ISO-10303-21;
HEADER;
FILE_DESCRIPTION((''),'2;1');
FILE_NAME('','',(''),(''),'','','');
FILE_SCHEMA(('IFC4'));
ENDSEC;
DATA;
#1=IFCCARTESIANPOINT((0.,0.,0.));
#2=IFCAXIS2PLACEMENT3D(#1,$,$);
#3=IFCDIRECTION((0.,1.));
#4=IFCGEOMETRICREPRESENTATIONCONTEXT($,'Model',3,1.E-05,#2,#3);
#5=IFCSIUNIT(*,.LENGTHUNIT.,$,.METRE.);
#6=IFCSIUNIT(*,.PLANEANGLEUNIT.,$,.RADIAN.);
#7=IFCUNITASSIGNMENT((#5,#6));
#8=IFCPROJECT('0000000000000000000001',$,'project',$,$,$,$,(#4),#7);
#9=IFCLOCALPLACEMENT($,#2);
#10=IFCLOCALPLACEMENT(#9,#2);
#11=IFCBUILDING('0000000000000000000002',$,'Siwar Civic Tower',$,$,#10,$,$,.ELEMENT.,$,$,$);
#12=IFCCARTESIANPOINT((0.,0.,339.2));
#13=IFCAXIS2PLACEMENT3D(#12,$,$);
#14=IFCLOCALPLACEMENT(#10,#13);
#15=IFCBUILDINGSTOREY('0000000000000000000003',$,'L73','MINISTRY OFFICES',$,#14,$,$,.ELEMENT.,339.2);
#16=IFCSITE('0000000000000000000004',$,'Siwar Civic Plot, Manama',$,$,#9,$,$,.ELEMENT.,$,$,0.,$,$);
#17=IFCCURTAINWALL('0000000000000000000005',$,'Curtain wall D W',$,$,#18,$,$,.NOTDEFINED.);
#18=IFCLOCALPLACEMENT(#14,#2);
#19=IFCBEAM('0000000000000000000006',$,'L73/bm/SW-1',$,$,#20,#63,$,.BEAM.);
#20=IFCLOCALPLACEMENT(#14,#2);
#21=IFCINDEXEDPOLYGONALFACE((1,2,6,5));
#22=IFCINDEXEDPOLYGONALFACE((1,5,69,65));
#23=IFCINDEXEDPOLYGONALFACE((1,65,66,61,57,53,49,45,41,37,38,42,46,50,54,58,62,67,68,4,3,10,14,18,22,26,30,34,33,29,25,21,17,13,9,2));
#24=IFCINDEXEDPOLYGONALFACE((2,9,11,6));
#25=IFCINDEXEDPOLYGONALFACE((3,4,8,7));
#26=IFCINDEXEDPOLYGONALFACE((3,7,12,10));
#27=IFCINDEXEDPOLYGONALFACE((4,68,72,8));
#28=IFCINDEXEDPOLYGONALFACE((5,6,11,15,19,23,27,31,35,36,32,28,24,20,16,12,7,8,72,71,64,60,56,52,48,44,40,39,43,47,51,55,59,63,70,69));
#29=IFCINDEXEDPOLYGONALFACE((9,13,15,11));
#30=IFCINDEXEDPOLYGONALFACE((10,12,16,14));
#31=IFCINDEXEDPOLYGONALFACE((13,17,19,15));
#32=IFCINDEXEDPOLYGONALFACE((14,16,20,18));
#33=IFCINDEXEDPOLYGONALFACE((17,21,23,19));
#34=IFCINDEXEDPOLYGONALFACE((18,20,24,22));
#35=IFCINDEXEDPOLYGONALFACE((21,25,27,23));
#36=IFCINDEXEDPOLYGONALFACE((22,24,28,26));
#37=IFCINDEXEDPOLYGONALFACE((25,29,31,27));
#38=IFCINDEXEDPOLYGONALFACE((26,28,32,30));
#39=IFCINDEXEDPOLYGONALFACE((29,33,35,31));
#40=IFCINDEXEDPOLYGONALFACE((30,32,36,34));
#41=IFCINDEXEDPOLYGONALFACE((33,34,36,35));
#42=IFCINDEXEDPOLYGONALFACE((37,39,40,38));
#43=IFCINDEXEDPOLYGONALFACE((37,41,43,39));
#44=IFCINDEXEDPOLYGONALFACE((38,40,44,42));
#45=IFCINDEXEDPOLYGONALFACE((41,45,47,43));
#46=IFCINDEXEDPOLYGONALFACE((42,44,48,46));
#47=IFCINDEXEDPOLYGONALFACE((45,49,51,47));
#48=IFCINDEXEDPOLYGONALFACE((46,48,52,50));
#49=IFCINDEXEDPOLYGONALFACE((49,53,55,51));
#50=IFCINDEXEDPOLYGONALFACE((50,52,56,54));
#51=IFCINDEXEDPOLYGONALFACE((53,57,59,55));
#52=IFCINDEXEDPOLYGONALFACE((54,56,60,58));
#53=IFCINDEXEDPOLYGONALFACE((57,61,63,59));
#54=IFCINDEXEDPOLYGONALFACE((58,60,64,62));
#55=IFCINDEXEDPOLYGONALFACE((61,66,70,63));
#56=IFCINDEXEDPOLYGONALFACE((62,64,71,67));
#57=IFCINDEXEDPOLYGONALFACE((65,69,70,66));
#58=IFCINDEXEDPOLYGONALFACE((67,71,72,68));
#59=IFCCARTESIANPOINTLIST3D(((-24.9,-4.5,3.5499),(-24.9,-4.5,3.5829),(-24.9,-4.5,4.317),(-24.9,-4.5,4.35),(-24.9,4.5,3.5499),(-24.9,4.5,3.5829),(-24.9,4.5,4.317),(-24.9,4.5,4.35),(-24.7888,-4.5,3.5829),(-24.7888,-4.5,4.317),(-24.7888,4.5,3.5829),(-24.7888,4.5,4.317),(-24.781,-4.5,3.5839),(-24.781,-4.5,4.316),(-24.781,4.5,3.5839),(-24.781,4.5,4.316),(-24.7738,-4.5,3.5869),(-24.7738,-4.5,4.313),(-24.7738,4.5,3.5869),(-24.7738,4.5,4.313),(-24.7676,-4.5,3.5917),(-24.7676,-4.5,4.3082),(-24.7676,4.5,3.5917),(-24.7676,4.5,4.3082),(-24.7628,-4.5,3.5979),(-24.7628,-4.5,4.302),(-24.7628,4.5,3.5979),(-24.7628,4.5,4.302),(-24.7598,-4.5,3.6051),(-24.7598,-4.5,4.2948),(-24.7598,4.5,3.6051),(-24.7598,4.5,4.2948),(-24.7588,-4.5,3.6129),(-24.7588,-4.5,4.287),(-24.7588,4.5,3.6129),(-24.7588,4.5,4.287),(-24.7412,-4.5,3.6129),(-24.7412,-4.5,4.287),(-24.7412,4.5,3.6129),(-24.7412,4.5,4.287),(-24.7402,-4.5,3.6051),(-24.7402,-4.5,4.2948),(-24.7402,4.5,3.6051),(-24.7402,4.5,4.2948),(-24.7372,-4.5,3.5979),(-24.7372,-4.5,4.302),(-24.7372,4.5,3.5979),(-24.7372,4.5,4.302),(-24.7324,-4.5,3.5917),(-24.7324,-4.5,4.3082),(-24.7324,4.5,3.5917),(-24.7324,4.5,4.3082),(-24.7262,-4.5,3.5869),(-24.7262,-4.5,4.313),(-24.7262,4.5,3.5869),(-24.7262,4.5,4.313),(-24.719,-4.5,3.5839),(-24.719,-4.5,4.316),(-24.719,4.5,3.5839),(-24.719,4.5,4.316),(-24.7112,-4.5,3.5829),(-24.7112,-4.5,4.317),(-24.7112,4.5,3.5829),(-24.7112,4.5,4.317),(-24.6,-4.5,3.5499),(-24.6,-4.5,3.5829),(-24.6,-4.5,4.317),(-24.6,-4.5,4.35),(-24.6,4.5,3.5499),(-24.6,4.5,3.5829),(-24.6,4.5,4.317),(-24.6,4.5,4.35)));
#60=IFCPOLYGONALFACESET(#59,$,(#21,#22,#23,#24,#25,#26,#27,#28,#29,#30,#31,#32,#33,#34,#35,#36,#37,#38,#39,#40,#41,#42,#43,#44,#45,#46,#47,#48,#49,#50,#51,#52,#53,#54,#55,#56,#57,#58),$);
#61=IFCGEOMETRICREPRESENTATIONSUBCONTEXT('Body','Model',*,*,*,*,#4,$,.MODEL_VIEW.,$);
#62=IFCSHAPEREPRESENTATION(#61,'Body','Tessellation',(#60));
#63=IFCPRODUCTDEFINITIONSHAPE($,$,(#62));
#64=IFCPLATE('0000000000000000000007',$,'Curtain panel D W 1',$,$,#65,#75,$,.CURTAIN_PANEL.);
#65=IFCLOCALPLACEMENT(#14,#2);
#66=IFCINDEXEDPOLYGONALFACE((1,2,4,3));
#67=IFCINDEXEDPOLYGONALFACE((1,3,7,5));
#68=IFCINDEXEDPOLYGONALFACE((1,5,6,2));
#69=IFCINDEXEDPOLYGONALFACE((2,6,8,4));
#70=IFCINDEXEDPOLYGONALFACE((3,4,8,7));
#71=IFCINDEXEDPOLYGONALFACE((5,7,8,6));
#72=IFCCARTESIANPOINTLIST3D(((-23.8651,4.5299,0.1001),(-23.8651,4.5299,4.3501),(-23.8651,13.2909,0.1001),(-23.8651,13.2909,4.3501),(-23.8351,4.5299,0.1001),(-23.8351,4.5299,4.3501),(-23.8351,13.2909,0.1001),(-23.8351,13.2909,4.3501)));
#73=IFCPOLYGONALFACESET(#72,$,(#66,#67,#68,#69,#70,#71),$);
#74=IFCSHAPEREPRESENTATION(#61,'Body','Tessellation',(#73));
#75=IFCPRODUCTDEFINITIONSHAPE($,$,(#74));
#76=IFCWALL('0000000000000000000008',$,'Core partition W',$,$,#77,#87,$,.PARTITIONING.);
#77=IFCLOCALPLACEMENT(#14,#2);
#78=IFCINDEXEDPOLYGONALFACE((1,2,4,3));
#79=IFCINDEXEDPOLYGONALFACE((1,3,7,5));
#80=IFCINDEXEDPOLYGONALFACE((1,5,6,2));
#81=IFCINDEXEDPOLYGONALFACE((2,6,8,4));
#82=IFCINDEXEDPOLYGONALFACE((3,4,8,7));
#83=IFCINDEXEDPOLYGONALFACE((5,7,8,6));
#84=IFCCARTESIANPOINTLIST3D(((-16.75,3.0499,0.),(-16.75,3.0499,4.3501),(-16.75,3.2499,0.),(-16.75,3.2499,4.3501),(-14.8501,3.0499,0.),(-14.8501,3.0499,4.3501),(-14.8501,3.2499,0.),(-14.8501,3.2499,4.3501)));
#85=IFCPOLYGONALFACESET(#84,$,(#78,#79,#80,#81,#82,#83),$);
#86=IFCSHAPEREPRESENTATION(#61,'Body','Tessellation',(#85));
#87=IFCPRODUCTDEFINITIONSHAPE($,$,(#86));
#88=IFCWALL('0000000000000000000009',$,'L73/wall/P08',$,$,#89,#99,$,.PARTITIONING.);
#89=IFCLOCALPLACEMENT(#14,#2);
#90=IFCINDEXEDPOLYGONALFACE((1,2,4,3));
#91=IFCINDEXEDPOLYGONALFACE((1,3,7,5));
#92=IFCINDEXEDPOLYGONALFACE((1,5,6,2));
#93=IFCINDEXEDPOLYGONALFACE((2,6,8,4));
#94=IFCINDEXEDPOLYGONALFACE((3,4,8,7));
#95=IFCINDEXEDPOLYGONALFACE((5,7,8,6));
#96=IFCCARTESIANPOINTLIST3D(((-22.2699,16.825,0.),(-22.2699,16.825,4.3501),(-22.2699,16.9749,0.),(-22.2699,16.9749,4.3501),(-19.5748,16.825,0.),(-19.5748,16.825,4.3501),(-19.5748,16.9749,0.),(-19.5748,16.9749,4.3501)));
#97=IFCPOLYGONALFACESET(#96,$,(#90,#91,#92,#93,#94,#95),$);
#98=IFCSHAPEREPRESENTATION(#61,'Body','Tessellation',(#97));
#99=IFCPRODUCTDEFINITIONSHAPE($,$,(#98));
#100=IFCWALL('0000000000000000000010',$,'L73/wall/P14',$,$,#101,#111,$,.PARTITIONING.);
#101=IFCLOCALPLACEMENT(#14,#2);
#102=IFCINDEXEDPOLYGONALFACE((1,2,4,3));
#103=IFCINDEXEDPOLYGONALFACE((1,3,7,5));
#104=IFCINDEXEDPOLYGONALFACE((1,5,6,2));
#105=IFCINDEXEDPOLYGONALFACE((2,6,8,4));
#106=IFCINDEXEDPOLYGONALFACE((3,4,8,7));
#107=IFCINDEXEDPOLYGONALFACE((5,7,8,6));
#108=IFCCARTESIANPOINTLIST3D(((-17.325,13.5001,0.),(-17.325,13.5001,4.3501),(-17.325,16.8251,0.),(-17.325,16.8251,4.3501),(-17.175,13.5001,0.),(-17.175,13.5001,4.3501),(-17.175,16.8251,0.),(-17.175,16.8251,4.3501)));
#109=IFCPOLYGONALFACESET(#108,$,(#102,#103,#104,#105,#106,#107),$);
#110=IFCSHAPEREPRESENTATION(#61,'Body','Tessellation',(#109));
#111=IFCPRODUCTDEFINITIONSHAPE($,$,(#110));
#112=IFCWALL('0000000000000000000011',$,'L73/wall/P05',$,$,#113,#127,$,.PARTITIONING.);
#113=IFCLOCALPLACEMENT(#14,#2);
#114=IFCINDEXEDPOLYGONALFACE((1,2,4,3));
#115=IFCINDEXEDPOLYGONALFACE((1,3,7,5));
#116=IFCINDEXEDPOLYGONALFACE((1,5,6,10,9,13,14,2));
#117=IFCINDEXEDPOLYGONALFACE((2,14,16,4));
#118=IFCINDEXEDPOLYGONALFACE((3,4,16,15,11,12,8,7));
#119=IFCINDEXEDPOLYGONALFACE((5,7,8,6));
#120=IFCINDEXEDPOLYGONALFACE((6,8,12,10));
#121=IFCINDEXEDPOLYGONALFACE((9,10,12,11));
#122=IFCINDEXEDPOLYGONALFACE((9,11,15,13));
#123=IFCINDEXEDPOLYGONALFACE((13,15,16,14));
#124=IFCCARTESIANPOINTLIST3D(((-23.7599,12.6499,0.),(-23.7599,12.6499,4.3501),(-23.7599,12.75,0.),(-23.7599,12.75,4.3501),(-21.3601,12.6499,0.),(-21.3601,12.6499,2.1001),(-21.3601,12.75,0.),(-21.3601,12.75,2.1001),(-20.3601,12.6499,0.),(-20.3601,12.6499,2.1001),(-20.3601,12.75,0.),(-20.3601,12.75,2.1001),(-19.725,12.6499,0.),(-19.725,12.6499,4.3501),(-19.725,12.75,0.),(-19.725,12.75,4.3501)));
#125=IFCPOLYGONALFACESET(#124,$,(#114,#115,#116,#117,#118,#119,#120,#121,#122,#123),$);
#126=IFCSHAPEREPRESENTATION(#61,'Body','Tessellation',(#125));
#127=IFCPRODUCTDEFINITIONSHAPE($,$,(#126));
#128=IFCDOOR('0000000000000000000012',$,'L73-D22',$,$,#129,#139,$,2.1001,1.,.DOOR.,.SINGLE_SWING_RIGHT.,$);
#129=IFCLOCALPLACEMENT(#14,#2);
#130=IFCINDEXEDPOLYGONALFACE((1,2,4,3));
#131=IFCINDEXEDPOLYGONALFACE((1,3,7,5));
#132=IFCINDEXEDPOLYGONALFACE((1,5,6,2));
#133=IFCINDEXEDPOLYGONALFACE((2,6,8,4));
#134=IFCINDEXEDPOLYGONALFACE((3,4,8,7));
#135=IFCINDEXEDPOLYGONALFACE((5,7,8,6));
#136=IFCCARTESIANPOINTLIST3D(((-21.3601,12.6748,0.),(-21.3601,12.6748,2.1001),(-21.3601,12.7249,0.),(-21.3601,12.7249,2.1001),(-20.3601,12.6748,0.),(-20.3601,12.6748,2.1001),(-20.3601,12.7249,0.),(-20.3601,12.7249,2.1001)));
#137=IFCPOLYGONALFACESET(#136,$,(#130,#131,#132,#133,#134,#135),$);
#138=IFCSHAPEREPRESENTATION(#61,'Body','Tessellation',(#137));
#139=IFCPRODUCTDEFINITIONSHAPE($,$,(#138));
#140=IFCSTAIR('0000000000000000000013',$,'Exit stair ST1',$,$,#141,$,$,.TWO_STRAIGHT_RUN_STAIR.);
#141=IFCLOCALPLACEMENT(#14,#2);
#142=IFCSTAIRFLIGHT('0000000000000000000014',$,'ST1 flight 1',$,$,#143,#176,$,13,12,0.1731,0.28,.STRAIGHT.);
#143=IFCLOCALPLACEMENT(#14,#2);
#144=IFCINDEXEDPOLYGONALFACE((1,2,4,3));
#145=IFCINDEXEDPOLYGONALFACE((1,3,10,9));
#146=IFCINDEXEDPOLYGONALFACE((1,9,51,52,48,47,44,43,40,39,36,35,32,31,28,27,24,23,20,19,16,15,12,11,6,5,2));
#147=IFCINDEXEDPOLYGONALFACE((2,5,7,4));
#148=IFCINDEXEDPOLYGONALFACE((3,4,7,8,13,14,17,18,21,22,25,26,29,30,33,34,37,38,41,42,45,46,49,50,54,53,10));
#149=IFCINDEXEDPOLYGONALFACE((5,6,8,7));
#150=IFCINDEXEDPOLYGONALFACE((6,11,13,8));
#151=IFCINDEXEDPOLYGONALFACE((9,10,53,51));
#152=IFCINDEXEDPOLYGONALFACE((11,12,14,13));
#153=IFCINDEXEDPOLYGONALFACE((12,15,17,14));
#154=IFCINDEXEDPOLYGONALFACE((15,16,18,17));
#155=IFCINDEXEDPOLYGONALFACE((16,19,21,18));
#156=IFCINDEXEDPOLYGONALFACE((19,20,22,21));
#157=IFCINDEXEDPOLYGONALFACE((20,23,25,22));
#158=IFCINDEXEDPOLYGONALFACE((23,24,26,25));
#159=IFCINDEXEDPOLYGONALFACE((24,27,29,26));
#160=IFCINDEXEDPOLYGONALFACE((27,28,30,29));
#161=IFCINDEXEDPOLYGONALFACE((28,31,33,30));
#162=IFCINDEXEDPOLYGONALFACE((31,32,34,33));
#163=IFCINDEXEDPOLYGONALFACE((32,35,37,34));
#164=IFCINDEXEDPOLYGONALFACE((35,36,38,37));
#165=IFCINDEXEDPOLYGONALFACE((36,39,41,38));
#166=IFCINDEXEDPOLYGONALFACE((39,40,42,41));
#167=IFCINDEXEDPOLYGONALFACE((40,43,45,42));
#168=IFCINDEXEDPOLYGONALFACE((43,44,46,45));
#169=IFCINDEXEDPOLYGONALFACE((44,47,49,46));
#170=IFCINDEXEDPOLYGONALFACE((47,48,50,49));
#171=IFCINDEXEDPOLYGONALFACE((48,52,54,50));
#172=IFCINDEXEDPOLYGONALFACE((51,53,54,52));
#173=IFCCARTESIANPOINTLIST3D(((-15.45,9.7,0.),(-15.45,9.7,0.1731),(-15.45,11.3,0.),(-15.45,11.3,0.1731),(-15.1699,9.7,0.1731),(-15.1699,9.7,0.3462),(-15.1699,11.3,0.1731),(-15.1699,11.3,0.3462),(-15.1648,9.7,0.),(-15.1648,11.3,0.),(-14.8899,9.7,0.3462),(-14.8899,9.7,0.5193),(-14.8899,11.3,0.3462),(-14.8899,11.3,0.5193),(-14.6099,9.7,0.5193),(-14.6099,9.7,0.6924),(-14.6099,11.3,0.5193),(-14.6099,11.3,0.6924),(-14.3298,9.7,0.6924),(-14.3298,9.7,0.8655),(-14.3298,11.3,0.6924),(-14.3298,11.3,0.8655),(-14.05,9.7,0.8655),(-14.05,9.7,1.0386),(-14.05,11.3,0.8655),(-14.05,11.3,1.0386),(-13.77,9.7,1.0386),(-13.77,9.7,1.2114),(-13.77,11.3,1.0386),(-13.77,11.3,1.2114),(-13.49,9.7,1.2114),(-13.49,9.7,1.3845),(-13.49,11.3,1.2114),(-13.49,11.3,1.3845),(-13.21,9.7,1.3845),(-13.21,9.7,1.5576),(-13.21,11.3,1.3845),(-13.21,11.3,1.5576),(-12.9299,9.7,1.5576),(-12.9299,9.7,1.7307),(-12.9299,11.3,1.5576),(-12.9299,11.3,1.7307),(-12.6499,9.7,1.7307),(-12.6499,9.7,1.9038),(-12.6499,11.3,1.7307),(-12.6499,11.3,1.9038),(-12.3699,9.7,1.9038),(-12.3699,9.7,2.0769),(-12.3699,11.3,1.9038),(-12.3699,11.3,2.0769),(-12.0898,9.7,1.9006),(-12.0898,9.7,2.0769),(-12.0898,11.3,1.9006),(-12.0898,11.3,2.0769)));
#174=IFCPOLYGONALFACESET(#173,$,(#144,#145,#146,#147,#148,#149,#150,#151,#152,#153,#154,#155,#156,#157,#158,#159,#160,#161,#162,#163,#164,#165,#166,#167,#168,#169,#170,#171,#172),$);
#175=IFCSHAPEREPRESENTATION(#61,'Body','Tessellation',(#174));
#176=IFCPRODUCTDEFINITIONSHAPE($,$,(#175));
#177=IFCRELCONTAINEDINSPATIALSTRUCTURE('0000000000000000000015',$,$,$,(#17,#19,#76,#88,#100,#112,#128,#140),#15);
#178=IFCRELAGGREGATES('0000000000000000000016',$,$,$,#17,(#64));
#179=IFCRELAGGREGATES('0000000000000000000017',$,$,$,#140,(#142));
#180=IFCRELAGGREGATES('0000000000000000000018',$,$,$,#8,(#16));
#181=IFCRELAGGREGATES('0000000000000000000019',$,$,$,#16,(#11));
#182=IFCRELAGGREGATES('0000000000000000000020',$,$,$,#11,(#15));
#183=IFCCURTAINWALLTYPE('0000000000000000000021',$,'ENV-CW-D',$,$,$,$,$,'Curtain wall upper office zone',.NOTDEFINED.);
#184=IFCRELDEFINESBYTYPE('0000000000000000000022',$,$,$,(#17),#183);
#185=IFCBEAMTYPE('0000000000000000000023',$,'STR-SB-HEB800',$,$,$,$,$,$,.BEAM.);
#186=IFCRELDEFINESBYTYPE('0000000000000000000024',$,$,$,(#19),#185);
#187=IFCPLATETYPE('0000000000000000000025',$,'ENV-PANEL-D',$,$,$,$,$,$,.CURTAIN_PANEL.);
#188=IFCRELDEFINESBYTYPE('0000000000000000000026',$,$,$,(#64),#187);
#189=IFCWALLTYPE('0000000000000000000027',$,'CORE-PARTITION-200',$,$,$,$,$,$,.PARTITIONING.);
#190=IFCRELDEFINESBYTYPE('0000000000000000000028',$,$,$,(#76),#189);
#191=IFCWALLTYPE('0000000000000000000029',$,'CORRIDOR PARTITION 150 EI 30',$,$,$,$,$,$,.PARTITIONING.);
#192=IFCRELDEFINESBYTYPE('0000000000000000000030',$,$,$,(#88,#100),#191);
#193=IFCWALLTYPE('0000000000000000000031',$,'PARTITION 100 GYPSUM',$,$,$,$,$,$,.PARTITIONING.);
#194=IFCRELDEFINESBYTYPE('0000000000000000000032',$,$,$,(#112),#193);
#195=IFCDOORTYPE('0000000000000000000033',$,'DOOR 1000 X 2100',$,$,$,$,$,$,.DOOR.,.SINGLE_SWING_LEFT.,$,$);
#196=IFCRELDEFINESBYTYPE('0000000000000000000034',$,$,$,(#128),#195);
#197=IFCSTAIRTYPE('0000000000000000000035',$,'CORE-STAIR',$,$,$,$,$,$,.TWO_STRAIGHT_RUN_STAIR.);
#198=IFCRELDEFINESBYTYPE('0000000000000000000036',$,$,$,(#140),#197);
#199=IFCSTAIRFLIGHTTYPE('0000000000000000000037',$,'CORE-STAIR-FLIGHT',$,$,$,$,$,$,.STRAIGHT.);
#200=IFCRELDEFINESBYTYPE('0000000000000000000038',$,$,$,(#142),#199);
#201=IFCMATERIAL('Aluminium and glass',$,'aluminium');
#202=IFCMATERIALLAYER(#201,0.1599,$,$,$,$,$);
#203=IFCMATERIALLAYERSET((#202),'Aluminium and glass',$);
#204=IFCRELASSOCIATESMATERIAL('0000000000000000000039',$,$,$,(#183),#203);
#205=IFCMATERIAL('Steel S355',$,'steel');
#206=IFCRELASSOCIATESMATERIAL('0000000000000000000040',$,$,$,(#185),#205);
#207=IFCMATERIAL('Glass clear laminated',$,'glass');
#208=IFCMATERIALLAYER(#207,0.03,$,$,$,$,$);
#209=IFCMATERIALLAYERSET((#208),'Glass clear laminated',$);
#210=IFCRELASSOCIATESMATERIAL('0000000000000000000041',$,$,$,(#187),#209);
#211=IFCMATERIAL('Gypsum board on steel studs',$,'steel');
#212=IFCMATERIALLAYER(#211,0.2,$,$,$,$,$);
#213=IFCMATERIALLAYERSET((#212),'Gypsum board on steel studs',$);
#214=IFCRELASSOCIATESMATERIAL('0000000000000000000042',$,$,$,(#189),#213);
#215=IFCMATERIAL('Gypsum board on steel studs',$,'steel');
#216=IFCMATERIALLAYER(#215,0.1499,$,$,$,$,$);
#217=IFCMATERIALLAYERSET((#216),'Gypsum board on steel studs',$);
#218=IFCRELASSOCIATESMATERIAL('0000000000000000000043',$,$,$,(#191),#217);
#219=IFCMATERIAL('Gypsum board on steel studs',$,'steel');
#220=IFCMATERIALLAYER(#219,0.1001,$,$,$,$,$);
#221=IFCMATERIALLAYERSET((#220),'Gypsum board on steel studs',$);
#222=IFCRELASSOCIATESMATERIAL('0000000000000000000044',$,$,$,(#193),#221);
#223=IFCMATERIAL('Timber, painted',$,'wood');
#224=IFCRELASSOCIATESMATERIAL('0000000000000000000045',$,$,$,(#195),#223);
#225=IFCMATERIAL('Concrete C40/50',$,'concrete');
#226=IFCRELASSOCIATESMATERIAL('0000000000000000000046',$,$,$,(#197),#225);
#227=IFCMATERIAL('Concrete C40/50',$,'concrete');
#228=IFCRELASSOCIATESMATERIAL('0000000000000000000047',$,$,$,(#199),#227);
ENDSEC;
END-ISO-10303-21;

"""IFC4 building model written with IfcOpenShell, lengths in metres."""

from ifc_helpers import new_model, si_unit, direction, frame, frame_2d, origin, origin_2d, place, context, subcontext, project, spatial, polyline, rectangle, i_section, outline, extrude, material, layer, layer_set, material_profile, profile_set, type_object, element, fill, aggregate, save


model = new_model("IFC4")

# Units and contexts
model_context = context("Model", 3, precision=1e-05, world=origin(), true_north=direction((0.0, 1.0)))
body_context = subcontext(model_context, "Body", "Model", "MODEL_VIEW")
ifc_project = project(units=[si_unit("LENGTHUNIT", "METRE"), si_unit("PLANEANGLEUNIT", "RADIAN")], contexts=[model_context])

# Site, building, storey
site_placement = place(None, origin())
site = spatial("IfcSite", under=ifc_project, at=site_placement, Name="Siwar Civic Plot, Manama", CompositionType="ELEMENT", RefElevation=0.0)
building_placement = place(site_placement, origin())
building = spatial("IfcBuilding", under=site, at=building_placement, Name="Siwar Civic Tower", CompositionType="ELEMENT")
storey_placement = place(building_placement, frame((0.0, 0.0, 339.2)))
storey = spatial("IfcBuildingStorey", under=building, at=storey_placement, Name="L73", Description="MINISTRY OFFICES", CompositionType="ELEMENT", Elevation=339.2)

# Curtain wall
ifc_material_1 = material(Name="Aluminium and glass", Category="aluminium")
ifc_layer_1 = layer(ifc_material_1, 0.1599)
ifc_layer_set_1 = layer_set([ifc_layer_1], Name="Aluminium and glass")
curtain_wall_type = type_object("IfcCurtainWallType", Name="ENV-CW-D", ElementType="Curtain wall upper office zone", PredefinedType="NOTDEFINED", material=ifc_layer_set_1)
curtain_wall_placement = place(storey_placement, origin())
curtain_wall = element("IfcCurtainWall", 1, at=curtain_wall_placement, inside=storey, type_object=curtain_wall_type, Name="Curtain wall D W", PredefinedType="NOTDEFINED")

# Beam
ifc_material_2 = material(Name="Steel S355", Category="steel")
ifc_material_profile_1 = material_profile(ifc_material_2, i_section(OverallWidth=0.3, OverallDepth=0.8, WebThickness=0.0176, FlangeThickness=0.033, FilletRadius=0.03, at=origin_2d()), Name="HEB800")
ifc_profile_set_1 = profile_set([ifc_material_profile_1], Name="Steel S355")
beam_type_1 = type_object("IfcBeamType", Name="STR-SB-HEB800", PredefinedType="BEAM", material=ifc_profile_set_1)
for number, where, z_axis, x_axis, name in (
    (2, (-24.75, 4.5, 3.95), (0.0, -1.0, 0.0), (1.0, 0.0, 0.0), "L73/bm/SW-1"),
):
    element("IfcBeam", number, at=place(storey_placement, frame(where, z_axis=z_axis, x_axis=x_axis)), inside=storey, type_object=beam_type_1, Name=name, PredefinedType="BEAM", context=body_context, shape_type="SweptSolid", body=[
        extrude(i_section(OverallWidth=0.3, OverallDepth=0.8, WebThickness=0.0176, FlangeThickness=0.033, FilletRadius=0.03, at=origin_2d()), origin(), (0.0, 0.0, 1.0), 9.0),
    ])

# Plate
ifc_material_3 = material(Name="Glass clear laminated", Category="glass")
ifc_layer_2 = layer(ifc_material_3, 0.03)
ifc_layer_set_2 = layer_set([ifc_layer_2], Name="Glass clear laminated")
plate_type = type_object("IfcPlateType", Name="ENV-PANEL-D", PredefinedType="CURTAIN_PANEL", material=ifc_layer_set_2)
plate_placement = place(storey_placement, frame((-23.8501, 8.9104, 0.1001), z_axis=(0.0, 0.0, 1.0), x_axis=(0.0, -1.0, 0.0)))
plate = element("IfcPlate", 3, at=plate_placement, type_object=plate_type, Name="Curtain panel D W 1", PredefinedType="CURTAIN_PANEL", context=body_context, shape_type="SweptSolid", body=[
    extrude(rectangle(XDim=8.761, YDim=0.03, at=origin_2d()), origin(), (0.0, 0.0, 1.0), 4.25),
])
aggregate(curtain_wall, [plate])

# Walls
ifc_material_4 = material(Name="Gypsum board on steel studs", Category="steel")
ifc_layer_3 = layer(ifc_material_4, 0.2)
ifc_layer_set_3 = layer_set([ifc_layer_3], Name="Gypsum board on steel studs")
wall_type_1 = type_object("IfcWallType", Name="CORE-PARTITION-200", PredefinedType="PARTITIONING", material=ifc_layer_set_3)
wall_1_placement = place(storey_placement, frame((-14.8501, 3.1499, 0.0), z_axis=(0.0, 0.0, 1.0), x_axis=(-1.0, 0.0, 0.0)))
element("IfcWall", 4, at=wall_1_placement, inside=storey, type_object=wall_type_1, Name="Core partition W", PredefinedType="PARTITIONING", context=body_context, shape_type="SweptSolid", body=[
    extrude(rectangle(XDim=1.8999, YDim=0.2, at=frame_2d((0.95, 0.0))), origin(), (0.0, 0.0, 1.0), 4.3501),
])
ifc_material_5 = material(Name="Gypsum board on steel studs", Category="steel")
ifc_layer_4 = layer(ifc_material_5, 0.1499)
ifc_layer_set_4 = layer_set([ifc_layer_4], Name="Gypsum board on steel studs")
wall_type_2 = type_object("IfcWallType", Name="CORRIDOR PARTITION 150 EI 30", PredefinedType="PARTITIONING", material=ifc_layer_set_4)
wall_2_placement = place(storey_placement, frame((-22.27, 16.8999, 0.0), z_axis=(0.0, 0.0, 1.0), x_axis=(1.0, 0.0, 0.0)))
element("IfcWall", 5, at=wall_2_placement, inside=storey, type_object=wall_type_2, Name="L73/wall/P08", PredefinedType="PARTITIONING", context=body_context, shape_type="SweptSolid", body=[
    extrude(rectangle(XDim=2.6951, YDim=0.1499, at=frame_2d((1.3477, 0.0))), origin(), (0.0, 0.0, 1.0), 4.3501),
])
wall_3_placement = place(storey_placement, frame((-17.25, 13.5, 0.0), z_axis=(0.0, 0.0, 1.0), x_axis=(0.0, 1.0, 0.0)))
element("IfcWall", 6, at=wall_3_placement, inside=storey, type_object=wall_type_2, Name="L73/wall/P14", PredefinedType="PARTITIONING", context=body_context, shape_type="SweptSolid", body=[
    extrude(rectangle(XDim=3.325, YDim=0.1499, at=frame_2d((1.6626, 0.0))), origin(), (0.0, 0.0, 1.0), 4.3501),
])

# Wall, opening, door
ifc_material_6 = material(Name="Gypsum board on steel studs", Category="steel")
ifc_layer_5 = layer(ifc_material_6, 0.1001)
ifc_layer_set_5 = layer_set([ifc_layer_5], Name="Gypsum board on steel studs")
wall_type_3 = type_object("IfcWallType", Name="PARTITION 100 GYPSUM", PredefinedType="PARTITIONING", material=ifc_layer_set_5)
wall_4_placement = place(storey_placement, frame((-23.76, 12.7, 0.0), z_axis=(0.0, 0.0, 1.0), x_axis=(1.0, 0.0, 0.0)))
wall_4 = element("IfcWall", 7, at=wall_4_placement, inside=storey, type_object=wall_type_3, Name="L73/wall/P05", PredefinedType="PARTITIONING", context=body_context, shape_type="SweptSolid", body=[
    extrude(rectangle(XDim=4.0349, YDim=0.1001, at=frame_2d((2.0176, 0.0))), origin(), (0.0, 0.0, 1.0), 4.3501),
])
opening_placement = place(wall_4_placement, frame((2.3999, 0.0, 0.0)))
opening = element("IfcOpeningElement", 8, at=opening_placement, cuts=wall_4, PredefinedType="OPENING", context=body_context, shape_type="SweptSolid", body=[
    extrude(rectangle(XDim=1.0, YDim=2.1001, at=frame_2d((0.5, 1.05))), frame((0.0, 0.0601, 0.0), z_axis=(0.0, -1.0, 0.0), x_axis=(1.0, 0.0, 0.0)), (0.0, 0.0, 1.0), 0.1201),
])
ifc_material_7 = material(Name="Timber, painted", Category="wood")
door_type = type_object("IfcDoorType", Name="DOOR 1000 X 2100", OperationType="SINGLE_SWING_LEFT", PredefinedType="DOOR", material=ifc_material_7)
door_placement = place(opening_placement, origin())
door = element("IfcDoor", 9, at=door_placement, inside=storey, type_object=door_type, Name="L73-D22", OperationType="SINGLE_SWING_RIGHT", OverallHeight=2.1001, OverallWidth=1.0, PredefinedType="DOOR", context=body_context, shape_type="SweptSolid", body=[
    extrude(rectangle(XDim=1.0, YDim=2.1001, at=frame_2d((0.5, 1.05))), frame((0.0, 0.0249, 0.0), z_axis=(0.0, -1.0, 0.0), x_axis=(1.0, 0.0, 0.0)), (0.0, 0.0, 1.0), 0.05),
])
fill(opening, door)

# Stair, stair flight
ifc_material_8 = material(Name="Concrete C40/50", Category="concrete")
stair_type = type_object("IfcStairType", Name="CORE-STAIR", PredefinedType="TWO_STRAIGHT_RUN_STAIR", material=ifc_material_8)
stair_placement = place(storey_placement, origin())
stair = element("IfcStair", 10, at=stair_placement, inside=storey, type_object=stair_type, Name="Exit stair ST1", PredefinedType="TWO_STRAIGHT_RUN_STAIR")
ifc_material_9 = material(Name="Concrete C40/50", Category="concrete")
stair_flight_type = type_object("IfcStairFlightType", Name="CORE-STAIR-FLIGHT", PredefinedType="STRAIGHT", material=ifc_material_9)
stair_flight_placement = place(storey_placement, frame((-15.45, 10.5, 0.0), z_axis=(0.0, 0.0, 1.0), x_axis=(1.0, 0.0, 0.0)))
stair_flight = element("IfcStairFlight", 11, at=stair_flight_placement, type_object=stair_flight_type, Name="ST1 flight 1", NumberOfRisers=13, NumberOfTreads=12, PredefinedType="STRAIGHT", RiserHeight=0.1731, TreadLength=0.28, context=body_context, shape_type="SweptSolid", body=[
    extrude(outline(polyline([(0.0, 0.0), (0.0, 0.1731), (0.28, 0.1731), (0.28, 0.3462), (0.5601, 0.3462), (0.5601, 0.5193), (0.8401, 0.5193), (0.8401, 0.6924), (1.1201, 0.6924), (1.1201, 0.8655), (1.3999, 0.8655), (1.3999, 1.0386), (1.6799, 1.0386), (1.6799, 1.2114), (1.96, 1.2114), (1.96, 1.3845), (2.24, 1.3845), (2.24, 1.5576), (2.52, 1.5576), (2.52, 1.7307), (2.8, 1.7307), (2.8, 1.9038), (3.0801, 1.9038), (3.0801, 2.0769), (3.3601, 2.0769), (3.3601, 2.25), (3.3601, 1.9006), (0.2852, 0.0), (0.0, 0.0)])), frame((0.0, 0.8, 0.0), z_axis=(0.0, -1.0, 0.0), x_axis=(1.0, 0.0, 0.0)), (0.0, 0.0, 1.0), 1.6001),
])
aggregate(stair, [stair_flight])

save(model, "model.ifc")
